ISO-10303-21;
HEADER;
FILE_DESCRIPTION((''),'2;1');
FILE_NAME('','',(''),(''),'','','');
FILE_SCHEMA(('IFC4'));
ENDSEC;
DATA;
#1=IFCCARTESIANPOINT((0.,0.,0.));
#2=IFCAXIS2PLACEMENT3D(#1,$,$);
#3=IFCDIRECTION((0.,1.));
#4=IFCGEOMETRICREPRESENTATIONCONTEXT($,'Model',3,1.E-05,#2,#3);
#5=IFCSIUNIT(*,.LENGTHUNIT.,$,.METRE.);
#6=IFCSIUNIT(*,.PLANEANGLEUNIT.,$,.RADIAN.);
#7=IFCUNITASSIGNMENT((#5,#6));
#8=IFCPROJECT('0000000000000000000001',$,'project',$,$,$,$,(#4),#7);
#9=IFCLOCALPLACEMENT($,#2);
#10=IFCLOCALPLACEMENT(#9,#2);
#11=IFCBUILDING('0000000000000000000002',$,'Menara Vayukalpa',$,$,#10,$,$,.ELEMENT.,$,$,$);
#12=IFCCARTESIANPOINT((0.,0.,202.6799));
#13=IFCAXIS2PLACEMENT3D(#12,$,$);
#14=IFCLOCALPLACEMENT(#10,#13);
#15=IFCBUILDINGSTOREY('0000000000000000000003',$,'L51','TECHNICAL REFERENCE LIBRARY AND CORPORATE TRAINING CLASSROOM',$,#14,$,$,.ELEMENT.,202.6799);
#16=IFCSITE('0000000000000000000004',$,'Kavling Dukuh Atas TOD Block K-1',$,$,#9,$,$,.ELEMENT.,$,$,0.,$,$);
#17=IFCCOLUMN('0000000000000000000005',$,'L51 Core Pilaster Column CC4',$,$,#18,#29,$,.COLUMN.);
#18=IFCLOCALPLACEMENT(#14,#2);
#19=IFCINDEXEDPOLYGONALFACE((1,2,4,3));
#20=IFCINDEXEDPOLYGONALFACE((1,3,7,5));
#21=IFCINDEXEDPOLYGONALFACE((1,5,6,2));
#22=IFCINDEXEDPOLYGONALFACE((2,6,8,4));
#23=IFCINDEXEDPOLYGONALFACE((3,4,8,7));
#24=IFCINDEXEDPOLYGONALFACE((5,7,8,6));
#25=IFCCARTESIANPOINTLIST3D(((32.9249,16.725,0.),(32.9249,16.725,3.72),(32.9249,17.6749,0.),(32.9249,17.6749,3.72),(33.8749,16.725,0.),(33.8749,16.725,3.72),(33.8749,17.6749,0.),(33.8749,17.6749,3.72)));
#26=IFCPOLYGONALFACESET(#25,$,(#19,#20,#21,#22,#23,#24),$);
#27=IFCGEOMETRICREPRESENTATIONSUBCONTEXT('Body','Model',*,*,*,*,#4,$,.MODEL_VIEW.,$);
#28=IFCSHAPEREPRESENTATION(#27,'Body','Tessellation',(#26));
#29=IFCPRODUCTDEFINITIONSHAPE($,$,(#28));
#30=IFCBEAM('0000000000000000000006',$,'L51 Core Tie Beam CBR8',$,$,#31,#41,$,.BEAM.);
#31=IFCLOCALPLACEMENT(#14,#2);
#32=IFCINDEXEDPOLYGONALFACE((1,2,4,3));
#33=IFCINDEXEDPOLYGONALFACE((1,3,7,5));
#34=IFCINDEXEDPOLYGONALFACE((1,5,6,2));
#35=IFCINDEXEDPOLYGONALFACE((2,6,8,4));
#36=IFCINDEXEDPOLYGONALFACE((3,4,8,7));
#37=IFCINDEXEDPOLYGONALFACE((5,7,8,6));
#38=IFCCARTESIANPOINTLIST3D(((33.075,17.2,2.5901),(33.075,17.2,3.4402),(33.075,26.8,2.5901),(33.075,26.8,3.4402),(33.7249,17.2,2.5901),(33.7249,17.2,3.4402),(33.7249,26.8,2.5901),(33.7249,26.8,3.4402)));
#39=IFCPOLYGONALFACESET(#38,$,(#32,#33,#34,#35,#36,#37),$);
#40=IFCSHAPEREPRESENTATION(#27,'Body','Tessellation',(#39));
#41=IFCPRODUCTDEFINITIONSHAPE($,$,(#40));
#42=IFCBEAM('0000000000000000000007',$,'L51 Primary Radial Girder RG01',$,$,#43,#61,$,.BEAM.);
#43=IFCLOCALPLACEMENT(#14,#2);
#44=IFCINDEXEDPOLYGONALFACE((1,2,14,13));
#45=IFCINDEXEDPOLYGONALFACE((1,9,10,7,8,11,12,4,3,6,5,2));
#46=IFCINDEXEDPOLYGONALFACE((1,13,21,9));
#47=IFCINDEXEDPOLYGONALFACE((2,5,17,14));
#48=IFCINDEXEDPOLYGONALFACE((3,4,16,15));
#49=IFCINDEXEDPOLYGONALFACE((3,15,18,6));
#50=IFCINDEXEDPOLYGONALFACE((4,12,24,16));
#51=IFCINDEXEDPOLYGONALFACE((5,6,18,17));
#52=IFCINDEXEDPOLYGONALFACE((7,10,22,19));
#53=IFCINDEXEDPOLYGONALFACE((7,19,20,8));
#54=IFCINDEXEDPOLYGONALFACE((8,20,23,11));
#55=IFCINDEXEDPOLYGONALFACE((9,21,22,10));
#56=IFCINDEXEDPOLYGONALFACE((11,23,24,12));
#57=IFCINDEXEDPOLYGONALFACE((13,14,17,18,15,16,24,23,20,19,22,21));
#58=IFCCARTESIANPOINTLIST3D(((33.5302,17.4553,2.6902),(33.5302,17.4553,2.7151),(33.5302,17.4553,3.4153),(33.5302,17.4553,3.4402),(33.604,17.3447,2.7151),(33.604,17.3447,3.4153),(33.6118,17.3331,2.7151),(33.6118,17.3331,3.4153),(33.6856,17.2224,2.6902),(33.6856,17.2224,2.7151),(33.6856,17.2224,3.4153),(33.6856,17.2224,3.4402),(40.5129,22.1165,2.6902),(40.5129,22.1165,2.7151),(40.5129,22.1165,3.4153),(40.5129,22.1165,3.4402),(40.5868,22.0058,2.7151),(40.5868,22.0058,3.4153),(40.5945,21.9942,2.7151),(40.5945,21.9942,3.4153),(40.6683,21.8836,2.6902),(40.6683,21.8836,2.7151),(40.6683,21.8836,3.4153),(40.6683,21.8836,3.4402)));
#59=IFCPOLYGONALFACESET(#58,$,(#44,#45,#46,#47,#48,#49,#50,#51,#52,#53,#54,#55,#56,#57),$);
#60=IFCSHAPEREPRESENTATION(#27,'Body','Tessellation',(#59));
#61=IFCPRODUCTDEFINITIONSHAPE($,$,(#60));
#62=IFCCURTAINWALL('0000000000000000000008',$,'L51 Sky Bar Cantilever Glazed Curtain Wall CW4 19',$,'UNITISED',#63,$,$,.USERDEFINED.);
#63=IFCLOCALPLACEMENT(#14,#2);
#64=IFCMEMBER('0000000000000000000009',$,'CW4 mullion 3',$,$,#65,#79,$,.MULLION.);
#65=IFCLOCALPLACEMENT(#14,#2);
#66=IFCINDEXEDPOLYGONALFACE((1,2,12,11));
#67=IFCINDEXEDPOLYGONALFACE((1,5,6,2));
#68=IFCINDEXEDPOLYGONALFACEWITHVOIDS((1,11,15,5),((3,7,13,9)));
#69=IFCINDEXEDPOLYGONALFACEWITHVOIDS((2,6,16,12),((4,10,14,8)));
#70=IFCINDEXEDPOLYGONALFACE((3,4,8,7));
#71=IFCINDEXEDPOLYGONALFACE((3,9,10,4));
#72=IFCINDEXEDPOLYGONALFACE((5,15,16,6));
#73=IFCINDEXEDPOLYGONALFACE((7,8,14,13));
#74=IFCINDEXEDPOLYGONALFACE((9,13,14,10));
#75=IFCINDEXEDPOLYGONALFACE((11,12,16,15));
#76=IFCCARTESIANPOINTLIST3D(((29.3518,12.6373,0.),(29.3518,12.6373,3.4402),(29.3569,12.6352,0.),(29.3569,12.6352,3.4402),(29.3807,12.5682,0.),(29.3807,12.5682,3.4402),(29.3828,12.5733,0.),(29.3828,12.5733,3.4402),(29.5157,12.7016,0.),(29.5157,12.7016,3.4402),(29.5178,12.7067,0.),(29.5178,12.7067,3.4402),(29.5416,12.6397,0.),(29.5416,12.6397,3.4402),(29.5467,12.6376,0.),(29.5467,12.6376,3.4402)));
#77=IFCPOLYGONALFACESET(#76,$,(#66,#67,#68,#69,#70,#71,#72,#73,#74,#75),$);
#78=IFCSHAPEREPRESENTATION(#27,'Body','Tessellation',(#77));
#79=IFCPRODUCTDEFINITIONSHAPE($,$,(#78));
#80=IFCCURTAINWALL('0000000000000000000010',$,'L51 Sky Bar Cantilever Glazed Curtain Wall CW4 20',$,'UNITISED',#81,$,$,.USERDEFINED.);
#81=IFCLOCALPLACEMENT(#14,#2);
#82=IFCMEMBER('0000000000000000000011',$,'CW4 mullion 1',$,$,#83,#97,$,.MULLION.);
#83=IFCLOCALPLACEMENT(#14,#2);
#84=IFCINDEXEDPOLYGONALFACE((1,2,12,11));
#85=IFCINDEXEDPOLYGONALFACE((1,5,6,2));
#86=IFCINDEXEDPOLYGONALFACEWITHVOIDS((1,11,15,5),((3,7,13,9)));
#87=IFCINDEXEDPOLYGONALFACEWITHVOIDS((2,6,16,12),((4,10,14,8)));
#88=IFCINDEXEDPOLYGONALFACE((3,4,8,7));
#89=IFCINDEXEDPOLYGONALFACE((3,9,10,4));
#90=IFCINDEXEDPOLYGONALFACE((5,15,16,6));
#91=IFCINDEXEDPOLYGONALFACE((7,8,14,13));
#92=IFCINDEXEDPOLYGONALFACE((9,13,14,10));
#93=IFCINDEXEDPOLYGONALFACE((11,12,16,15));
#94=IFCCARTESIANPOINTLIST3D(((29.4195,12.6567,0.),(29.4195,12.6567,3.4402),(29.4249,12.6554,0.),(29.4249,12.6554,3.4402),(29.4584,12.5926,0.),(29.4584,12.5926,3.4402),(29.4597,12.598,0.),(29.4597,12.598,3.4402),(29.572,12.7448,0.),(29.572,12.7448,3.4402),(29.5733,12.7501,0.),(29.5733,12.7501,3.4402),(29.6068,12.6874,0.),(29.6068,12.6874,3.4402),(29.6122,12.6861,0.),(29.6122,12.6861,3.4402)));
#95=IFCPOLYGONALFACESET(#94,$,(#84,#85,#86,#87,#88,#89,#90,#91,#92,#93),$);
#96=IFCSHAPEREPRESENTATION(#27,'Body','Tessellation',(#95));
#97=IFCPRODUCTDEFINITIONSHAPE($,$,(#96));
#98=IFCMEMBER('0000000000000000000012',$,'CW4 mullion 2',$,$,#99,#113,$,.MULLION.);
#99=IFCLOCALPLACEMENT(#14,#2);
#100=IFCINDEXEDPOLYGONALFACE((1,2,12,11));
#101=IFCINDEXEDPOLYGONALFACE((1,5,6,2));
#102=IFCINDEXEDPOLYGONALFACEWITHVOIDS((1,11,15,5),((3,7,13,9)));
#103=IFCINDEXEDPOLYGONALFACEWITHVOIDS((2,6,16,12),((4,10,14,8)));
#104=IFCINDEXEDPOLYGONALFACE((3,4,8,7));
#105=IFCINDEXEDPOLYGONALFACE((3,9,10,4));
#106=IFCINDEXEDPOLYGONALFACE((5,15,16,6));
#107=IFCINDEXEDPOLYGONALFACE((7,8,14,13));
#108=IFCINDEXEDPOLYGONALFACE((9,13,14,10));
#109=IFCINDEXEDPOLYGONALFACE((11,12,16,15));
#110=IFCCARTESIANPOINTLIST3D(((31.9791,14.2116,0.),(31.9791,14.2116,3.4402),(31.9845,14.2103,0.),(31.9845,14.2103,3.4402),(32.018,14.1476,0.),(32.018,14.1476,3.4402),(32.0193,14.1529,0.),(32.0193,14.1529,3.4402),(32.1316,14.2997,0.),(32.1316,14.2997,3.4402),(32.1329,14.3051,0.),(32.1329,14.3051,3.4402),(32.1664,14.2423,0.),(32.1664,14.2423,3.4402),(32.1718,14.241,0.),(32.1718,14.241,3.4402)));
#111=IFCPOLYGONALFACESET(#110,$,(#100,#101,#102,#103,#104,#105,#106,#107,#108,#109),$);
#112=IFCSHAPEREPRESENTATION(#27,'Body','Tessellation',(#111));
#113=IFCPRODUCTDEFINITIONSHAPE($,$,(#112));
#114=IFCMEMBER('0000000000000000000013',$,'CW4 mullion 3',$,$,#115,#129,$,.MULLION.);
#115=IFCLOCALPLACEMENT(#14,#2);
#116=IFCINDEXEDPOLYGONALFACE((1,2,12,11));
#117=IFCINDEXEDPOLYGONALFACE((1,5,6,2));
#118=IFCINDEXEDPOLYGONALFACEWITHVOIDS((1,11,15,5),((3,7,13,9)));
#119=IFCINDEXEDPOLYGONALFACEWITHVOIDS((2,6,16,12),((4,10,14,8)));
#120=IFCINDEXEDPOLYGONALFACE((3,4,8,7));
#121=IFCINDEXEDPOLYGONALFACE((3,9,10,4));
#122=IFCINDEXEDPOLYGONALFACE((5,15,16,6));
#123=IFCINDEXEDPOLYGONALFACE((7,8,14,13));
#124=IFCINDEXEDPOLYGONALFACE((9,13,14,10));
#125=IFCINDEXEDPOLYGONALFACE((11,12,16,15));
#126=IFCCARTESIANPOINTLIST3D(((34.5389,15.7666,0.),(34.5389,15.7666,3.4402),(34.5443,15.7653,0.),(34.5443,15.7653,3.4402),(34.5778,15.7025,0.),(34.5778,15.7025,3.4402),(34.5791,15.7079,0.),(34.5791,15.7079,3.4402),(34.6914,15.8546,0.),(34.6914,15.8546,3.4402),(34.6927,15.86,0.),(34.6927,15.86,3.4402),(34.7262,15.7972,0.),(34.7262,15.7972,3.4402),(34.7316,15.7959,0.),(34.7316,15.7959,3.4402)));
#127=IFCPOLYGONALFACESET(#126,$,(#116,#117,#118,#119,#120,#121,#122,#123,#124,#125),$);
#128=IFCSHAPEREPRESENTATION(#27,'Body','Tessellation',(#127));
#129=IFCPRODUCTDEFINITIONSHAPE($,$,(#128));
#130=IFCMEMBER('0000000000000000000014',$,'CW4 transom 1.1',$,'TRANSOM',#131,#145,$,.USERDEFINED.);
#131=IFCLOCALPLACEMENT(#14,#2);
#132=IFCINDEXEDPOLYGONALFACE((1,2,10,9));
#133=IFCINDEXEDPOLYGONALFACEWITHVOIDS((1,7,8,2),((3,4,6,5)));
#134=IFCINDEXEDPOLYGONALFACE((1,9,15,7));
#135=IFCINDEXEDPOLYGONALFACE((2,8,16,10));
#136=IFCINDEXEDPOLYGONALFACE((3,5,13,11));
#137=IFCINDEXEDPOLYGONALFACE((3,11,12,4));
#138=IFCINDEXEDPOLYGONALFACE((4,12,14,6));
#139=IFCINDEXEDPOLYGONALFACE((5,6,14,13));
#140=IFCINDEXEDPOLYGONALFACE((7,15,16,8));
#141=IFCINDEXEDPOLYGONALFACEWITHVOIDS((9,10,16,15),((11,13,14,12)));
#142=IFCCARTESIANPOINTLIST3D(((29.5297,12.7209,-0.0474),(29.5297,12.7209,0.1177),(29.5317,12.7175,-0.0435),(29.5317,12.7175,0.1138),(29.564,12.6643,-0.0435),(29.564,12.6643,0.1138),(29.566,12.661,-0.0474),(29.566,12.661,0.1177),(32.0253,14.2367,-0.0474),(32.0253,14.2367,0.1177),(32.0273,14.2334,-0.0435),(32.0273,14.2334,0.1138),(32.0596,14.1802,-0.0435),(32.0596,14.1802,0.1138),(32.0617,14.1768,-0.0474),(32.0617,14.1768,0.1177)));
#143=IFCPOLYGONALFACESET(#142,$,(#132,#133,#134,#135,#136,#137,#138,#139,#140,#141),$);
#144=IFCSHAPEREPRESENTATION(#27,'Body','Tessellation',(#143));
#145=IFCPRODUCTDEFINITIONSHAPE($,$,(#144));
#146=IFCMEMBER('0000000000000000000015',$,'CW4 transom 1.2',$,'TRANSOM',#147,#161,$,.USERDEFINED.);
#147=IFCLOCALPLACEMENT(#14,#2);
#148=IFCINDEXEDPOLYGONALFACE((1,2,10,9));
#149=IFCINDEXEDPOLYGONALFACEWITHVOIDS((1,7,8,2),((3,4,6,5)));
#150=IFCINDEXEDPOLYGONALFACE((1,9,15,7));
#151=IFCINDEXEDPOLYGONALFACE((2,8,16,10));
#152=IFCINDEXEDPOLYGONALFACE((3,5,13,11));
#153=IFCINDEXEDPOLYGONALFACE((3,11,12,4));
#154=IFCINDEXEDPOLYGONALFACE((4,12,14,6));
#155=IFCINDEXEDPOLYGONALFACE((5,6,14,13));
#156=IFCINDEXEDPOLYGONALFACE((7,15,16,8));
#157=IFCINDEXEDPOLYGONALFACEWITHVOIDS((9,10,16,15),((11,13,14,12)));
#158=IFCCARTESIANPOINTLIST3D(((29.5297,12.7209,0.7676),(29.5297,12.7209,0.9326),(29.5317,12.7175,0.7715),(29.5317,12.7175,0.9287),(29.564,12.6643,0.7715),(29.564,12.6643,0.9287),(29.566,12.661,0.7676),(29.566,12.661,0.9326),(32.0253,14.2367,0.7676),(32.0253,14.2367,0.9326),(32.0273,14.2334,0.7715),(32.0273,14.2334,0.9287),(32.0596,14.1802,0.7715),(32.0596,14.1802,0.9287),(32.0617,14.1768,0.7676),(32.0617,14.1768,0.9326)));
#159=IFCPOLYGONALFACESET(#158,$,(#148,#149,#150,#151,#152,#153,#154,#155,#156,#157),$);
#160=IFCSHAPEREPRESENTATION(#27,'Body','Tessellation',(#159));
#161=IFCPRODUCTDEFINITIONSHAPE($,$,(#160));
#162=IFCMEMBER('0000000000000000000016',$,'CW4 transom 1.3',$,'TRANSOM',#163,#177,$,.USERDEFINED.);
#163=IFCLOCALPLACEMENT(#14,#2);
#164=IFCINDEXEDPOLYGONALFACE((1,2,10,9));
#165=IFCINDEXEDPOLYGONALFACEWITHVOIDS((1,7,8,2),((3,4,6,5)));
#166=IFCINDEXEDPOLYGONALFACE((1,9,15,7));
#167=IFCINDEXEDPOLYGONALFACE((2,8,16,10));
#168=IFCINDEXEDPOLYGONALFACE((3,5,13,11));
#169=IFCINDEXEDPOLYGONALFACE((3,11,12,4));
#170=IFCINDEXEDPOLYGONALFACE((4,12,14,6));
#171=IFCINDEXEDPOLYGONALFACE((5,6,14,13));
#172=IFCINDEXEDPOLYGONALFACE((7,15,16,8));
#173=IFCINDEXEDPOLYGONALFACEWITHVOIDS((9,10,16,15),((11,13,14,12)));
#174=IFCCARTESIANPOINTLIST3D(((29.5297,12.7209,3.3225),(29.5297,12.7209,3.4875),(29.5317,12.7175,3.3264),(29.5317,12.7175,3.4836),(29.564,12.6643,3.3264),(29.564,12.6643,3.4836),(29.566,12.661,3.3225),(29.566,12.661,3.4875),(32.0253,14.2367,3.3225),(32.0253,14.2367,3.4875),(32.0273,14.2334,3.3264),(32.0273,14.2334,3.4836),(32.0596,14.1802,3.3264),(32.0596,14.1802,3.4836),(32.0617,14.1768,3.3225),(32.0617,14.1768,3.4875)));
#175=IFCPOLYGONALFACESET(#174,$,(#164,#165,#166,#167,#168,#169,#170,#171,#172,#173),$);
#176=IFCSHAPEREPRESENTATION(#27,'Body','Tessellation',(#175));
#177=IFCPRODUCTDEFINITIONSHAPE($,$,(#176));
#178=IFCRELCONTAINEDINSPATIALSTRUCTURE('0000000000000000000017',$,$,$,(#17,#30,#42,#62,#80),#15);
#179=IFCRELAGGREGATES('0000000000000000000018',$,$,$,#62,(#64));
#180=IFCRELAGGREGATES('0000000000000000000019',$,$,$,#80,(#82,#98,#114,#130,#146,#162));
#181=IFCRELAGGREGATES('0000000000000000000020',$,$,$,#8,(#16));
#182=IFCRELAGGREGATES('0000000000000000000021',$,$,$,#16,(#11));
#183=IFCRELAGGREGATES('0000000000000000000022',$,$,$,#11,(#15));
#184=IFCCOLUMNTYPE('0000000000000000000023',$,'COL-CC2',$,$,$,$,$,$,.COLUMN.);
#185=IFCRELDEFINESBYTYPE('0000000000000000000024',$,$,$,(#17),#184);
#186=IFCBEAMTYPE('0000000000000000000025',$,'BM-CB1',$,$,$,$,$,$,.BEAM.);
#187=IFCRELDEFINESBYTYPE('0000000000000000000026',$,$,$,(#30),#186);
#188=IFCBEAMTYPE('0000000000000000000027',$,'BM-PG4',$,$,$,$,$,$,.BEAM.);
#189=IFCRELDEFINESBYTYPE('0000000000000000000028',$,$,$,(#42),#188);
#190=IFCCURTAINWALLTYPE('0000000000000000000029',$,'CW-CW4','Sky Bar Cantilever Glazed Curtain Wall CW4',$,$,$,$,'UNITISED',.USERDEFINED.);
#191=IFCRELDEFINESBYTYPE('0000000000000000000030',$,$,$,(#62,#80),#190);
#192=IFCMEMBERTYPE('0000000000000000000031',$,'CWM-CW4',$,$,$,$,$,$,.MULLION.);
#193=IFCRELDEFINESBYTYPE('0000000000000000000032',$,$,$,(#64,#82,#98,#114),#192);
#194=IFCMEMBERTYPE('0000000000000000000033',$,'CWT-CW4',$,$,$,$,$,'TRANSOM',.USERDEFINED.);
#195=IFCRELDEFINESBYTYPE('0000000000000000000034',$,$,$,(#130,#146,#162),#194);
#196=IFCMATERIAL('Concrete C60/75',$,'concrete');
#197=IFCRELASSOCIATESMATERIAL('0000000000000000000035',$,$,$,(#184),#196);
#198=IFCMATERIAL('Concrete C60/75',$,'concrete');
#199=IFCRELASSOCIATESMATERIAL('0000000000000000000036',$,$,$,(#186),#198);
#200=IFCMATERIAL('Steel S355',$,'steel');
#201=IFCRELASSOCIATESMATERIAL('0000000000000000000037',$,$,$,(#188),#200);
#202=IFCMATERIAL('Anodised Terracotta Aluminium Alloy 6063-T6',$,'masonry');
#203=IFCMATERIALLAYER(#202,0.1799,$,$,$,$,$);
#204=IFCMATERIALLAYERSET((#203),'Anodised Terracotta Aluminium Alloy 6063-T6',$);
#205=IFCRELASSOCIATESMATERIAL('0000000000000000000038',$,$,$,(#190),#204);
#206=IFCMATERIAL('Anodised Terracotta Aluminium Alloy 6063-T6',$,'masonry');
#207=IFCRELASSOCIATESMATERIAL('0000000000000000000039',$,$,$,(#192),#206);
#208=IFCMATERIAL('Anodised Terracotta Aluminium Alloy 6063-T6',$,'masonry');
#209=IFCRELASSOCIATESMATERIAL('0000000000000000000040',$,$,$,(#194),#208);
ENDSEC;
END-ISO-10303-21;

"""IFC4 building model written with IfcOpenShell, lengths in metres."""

from ifc_helpers import new_model, si_unit, direction, frame, origin, origin_2d, place, context, subcontext, project, spatial, rectangle, hollow_rectangle, i_section, extrude, material, layer, layer_set, material_profile, profile_set, type_object, element, aggregate, save


model = new_model("IFC4")

# Units and contexts
model_context = context("Model", 3, precision=1e-05, world=origin(), true_north=direction((0.0, 1.0)))
body_context = subcontext(model_context, "Body", "Model", "MODEL_VIEW")
ifc_project = project(units=[si_unit("LENGTHUNIT", "METRE"), si_unit("PLANEANGLEUNIT", "RADIAN")], contexts=[model_context])

# Site, building, storey
site_placement = place(None, origin())
site = spatial("IfcSite", under=ifc_project, at=site_placement, Name="Kavling Dukuh Atas TOD Block K-1", CompositionType="ELEMENT", RefElevation=0.0)
building_placement = place(site_placement, origin())
building = spatial("IfcBuilding", under=site, at=building_placement, Name="Menara Vayukalpa", CompositionType="ELEMENT")
storey_placement = place(building_placement, frame((0.0, 0.0, 202.6799)))
storey = spatial("IfcBuildingStorey", under=building, at=storey_placement, Name="L51", Description="TECHNICAL REFERENCE LIBRARY AND CORPORATE TRAINING CLASSROOM", CompositionType="ELEMENT", Elevation=202.6799)

# Column
ifc_material_1 = material(Name="Concrete C60/75", Category="concrete")
ifc_material_profile_1 = material_profile(ifc_material_1, rectangle(XDim=0.95, YDim=0.95, at=origin_2d()), Name="RC 950x950")
ifc_profile_set_1 = profile_set([ifc_material_profile_1], Name="Concrete C60/75")
column_type = type_object("IfcColumnType", Name="COL-CC2", PredefinedType="COLUMN", material=ifc_profile_set_1)
column_placement = place(storey_placement, frame((33.3999, 17.2, 0.0), z_axis=(0.0, 0.0, 1.0), x_axis=(1.0, 0.0, 0.0)))
element("IfcColumn", 1, at=column_placement, inside=storey, type_object=column_type, Name="L51 Core Pilaster Column CC4", PredefinedType="COLUMN", context=body_context, shape_type="SweptSolid", body=[
    extrude(rectangle(XDim=0.95, YDim=0.95, at=origin_2d()), origin(), (0.0, 0.0, 1.0), 3.72),
])

# Beams
ifc_material_2 = material(Name="Concrete C60/75", Category="concrete")
ifc_material_profile_2 = material_profile(ifc_material_2, rectangle(XDim=0.6499, YDim=0.8501, at=origin_2d()), Name="RC 650x850")
ifc_profile_set_2 = profile_set([ifc_material_profile_2], Name="Concrete C60/75")
beam_type_1 = type_object("IfcBeamType", Name="BM-CB1", PredefinedType="BEAM", material=ifc_profile_set_2)
beam_1_placement = place(storey_placement, frame((33.3999, 17.2, 3.0151), z_axis=(0.0, 1.0, 0.0), x_axis=(-1.0, 0.0, 0.0)))
element("IfcBeam", 2, at=beam_1_placement, inside=storey, type_object=beam_type_1, Name="L51 Core Tie Beam CBR8", PredefinedType="BEAM", context=body_context, shape_type="SweptSolid", body=[
    extrude(rectangle(XDim=0.6499, YDim=0.8501, at=origin_2d()), origin(), (0.0, 0.0, 1.0), 9.6001),
])
ifc_material_3 = material(Name="Steel S355", Category="steel")
ifc_material_profile_3 = material_profile(ifc_material_3, i_section(OverallWidth=0.28, OverallDepth=0.75, WebThickness=0.0139, FlangeThickness=0.0249, at=origin_2d()), Name="WF 750x280x14x25")
ifc_profile_set_3 = profile_set([ifc_material_profile_3], Name="Steel S355")
beam_type_2 = type_object("IfcBeamType", Name="BM-PG4", PredefinedType="BEAM", material=ifc_profile_set_3)
beam_2_placement = place(storey_placement, frame((33.6079, 17.3389, 3.0652), z_axis=(0.831719, 0.555197, 0.0), x_axis=(-0.555197, 0.831719, 0.0)))
element("IfcBeam", 3, at=beam_2_placement, inside=storey, type_object=beam_type_2, Name="L51 Primary Radial Girder RG01", PredefinedType="BEAM", context=body_context, shape_type="SweptSolid", body=[
    extrude(i_section(OverallWidth=0.28, OverallDepth=0.75, WebThickness=0.0139, FlangeThickness=0.0249, at=origin_2d()), origin(), (0.0, 0.0, 1.0), 8.3955),
])

# Curtain wall, member
ifc_material_4 = material(Name="Anodised Terracotta Aluminium Alloy 6063-T6", Category="masonry")
ifc_layer_1 = layer(ifc_material_4, 0.1799)
ifc_layer_set_1 = layer_set([ifc_layer_1], Name="Anodised Terracotta Aluminium Alloy 6063-T6")
curtain_wall_type = type_object("IfcCurtainWallType", Name="CW-CW4", Description="Sky Bar Cantilever Glazed Curtain Wall CW4", ElementType="UNITISED", PredefinedType="USERDEFINED", material=ifc_layer_set_1)
curtain_wall_1_placement = place(storey_placement, origin())
curtain_wall_1 = element("IfcCurtainWall", 4, at=curtain_wall_1_placement, inside=storey, type_object=curtain_wall_type, Name="L51 Sky Bar Cantilever Glazed Curtain Wall CW4 19", ObjectType="UNITISED", PredefinedType="USERDEFINED")
ifc_material_5 = material(Name="Anodised Terracotta Aluminium Alloy 6063-T6", Category="masonry")
ifc_material_profile_4 = material_profile(ifc_material_5, hollow_rectangle(XDim=0.075, YDim=0.1799, WallThickness=0.0039, at=origin_2d()), Name="ALU 75x180x4")
ifc_profile_set_4 = profile_set([ifc_material_profile_4], Name="Anodised Terracotta Aluminium Alloy 6063-T6")
member_type_1 = type_object("IfcMemberType", Name="CWM-CW4", PredefinedType="MULLION", material=ifc_profile_set_4)
member_1_placement = place(storey_placement, frame((29.4492, 12.6375, 0.0), z_axis=(0.0, 0.0, 1.0), x_axis=(-0.385903, 0.922539, 0.0)))
member_1 = element("IfcMember", 5, at=member_1_placement, type_object=member_type_1, Name="CW4 mullion 3", PredefinedType="MULLION", context=body_context, shape_type="SweptSolid", body=[
    extrude(hollow_rectangle(XDim=0.075, YDim=0.1799, WallThickness=0.0039, at=origin_2d()), origin(), (0.0, 0.0, 1.0), 3.4402),
])
aggregate(curtain_wall_1, [member_1])

# Curtain wall, members
curtain_wall_2_placement = place(storey_placement, origin())
curtain_wall_2 = element("IfcCurtainWall", 6, at=curtain_wall_2_placement, inside=storey, type_object=curtain_wall_type, Name="L51 Sky Bar Cantilever Glazed Curtain Wall CW4 20", ObjectType="UNITISED", PredefinedType="USERDEFINED")
member_2_placement = place(storey_placement, frame((29.5159, 12.6714, 0.0), z_axis=(0.0, 0.0, 1.0), x_axis=(-0.51918, 0.854665, 0.0)))
member_2 = element("IfcMember", 7, at=member_2_placement, type_object=member_type_1, Name="CW4 mullion 1", PredefinedType="MULLION", context=body_context, shape_type="SweptSolid", body=[
    extrude(hollow_rectangle(XDim=0.075, YDim=0.1799, WallThickness=0.0039, at=origin_2d()), origin(), (0.0, 0.0, 1.0), 3.4402),
])
member_3_placement = place(storey_placement, frame((32.0754, 14.2263, 0.0), z_axis=(0.0, 0.0, 1.0), x_axis=(-0.51918, 0.854665, 0.0)))
member_3 = element("IfcMember", 8, at=member_3_placement, type_object=member_type_1, Name="CW4 mullion 2", PredefinedType="MULLION", context=body_context, shape_type="SweptSolid", body=[
    extrude(hollow_rectangle(XDim=0.075, YDim=0.1799, WallThickness=0.0039, at=origin_2d()), origin(), (0.0, 0.0, 1.0), 3.4402),
])
member_4_placement = place(storey_placement, frame((34.6353, 15.7812, 0.0), z_axis=(0.0, 0.0, 1.0), x_axis=(-0.51918, 0.854665, 0.0)))
member_4 = element("IfcMember", 9, at=member_4_placement, type_object=member_type_1, Name="CW4 mullion 3", PredefinedType="MULLION", context=body_context, shape_type="SweptSolid", body=[
    extrude(hollow_rectangle(XDim=0.075, YDim=0.1799, WallThickness=0.0039, at=origin_2d()), origin(), (0.0, 0.0, 1.0), 3.4402),
])
ifc_material_6 = material(Name="Anodised Terracotta Aluminium Alloy 6063-T6", Category="masonry")
ifc_material_profile_5 = material_profile(ifc_material_6, hollow_rectangle(XDim=0.0701, YDim=0.165, WallThickness=0.0039, at=origin_2d()), Name="ALU 70x165x4")
ifc_profile_set_5 = profile_set([ifc_material_profile_5], Name="Anodised Terracotta Aluminium Alloy 6063-T6")
member_type_2 = type_object("IfcMemberType", Name="CWT-CW4", ElementType="TRANSOM", PredefinedType="USERDEFINED", material=ifc_profile_set_5)
member_5_placement = place(storey_placement, frame((29.5479, 12.6909, 0.0352), z_axis=(0.854684, 0.519148, 0.0), x_axis=(-0.519148, 0.854684, 0.0)))
member_5 = element("IfcMember", 10, at=member_5_placement, type_object=member_type_2, Name="CW4 transom 1.1", ObjectType="TRANSOM", PredefinedType="USERDEFINED", context=body_context, shape_type="SweptSolid", body=[
    extrude(hollow_rectangle(XDim=0.0701, YDim=0.165, WallThickness=0.0039, at=origin_2d()), origin(), (0.0, 0.0, 1.0), 2.9199),
])
member_6_placement = place(storey_placement, frame((29.5479, 12.6909, 0.8501), z_axis=(0.854684, 0.519148, 0.0), x_axis=(-0.519148, 0.854684, 0.0)))
member_6 = element("IfcMember", 11, at=member_6_placement, type_object=member_type_2, Name="CW4 transom 1.2", ObjectType="TRANSOM", PredefinedType="USERDEFINED", context=body_context, shape_type="SweptSolid", body=[
    extrude(hollow_rectangle(XDim=0.0701, YDim=0.165, WallThickness=0.0039, at=origin_2d()), origin(), (0.0, 0.0, 1.0), 2.9199),
])
member_7_placement = place(storey_placement, frame((29.5479, 12.6909, 3.405), z_axis=(0.854684, 0.519148, 0.0), x_axis=(-0.519148, 0.854684, 0.0)))
member_7 = element("IfcMember", 12, at=member_7_placement, type_object=member_type_2, Name="CW4 transom 1.3", ObjectType="TRANSOM", PredefinedType="USERDEFINED", context=body_context, shape_type="SweptSolid", body=[
    extrude(hollow_rectangle(XDim=0.0701, YDim=0.165, WallThickness=0.0039, at=origin_2d()), origin(), (0.0, 0.0, 1.0), 2.9199),
])
aggregate(curtain_wall_2, [member_2, member_3, member_4, member_5, member_6, member_7])

save(model, "model.ifc")
